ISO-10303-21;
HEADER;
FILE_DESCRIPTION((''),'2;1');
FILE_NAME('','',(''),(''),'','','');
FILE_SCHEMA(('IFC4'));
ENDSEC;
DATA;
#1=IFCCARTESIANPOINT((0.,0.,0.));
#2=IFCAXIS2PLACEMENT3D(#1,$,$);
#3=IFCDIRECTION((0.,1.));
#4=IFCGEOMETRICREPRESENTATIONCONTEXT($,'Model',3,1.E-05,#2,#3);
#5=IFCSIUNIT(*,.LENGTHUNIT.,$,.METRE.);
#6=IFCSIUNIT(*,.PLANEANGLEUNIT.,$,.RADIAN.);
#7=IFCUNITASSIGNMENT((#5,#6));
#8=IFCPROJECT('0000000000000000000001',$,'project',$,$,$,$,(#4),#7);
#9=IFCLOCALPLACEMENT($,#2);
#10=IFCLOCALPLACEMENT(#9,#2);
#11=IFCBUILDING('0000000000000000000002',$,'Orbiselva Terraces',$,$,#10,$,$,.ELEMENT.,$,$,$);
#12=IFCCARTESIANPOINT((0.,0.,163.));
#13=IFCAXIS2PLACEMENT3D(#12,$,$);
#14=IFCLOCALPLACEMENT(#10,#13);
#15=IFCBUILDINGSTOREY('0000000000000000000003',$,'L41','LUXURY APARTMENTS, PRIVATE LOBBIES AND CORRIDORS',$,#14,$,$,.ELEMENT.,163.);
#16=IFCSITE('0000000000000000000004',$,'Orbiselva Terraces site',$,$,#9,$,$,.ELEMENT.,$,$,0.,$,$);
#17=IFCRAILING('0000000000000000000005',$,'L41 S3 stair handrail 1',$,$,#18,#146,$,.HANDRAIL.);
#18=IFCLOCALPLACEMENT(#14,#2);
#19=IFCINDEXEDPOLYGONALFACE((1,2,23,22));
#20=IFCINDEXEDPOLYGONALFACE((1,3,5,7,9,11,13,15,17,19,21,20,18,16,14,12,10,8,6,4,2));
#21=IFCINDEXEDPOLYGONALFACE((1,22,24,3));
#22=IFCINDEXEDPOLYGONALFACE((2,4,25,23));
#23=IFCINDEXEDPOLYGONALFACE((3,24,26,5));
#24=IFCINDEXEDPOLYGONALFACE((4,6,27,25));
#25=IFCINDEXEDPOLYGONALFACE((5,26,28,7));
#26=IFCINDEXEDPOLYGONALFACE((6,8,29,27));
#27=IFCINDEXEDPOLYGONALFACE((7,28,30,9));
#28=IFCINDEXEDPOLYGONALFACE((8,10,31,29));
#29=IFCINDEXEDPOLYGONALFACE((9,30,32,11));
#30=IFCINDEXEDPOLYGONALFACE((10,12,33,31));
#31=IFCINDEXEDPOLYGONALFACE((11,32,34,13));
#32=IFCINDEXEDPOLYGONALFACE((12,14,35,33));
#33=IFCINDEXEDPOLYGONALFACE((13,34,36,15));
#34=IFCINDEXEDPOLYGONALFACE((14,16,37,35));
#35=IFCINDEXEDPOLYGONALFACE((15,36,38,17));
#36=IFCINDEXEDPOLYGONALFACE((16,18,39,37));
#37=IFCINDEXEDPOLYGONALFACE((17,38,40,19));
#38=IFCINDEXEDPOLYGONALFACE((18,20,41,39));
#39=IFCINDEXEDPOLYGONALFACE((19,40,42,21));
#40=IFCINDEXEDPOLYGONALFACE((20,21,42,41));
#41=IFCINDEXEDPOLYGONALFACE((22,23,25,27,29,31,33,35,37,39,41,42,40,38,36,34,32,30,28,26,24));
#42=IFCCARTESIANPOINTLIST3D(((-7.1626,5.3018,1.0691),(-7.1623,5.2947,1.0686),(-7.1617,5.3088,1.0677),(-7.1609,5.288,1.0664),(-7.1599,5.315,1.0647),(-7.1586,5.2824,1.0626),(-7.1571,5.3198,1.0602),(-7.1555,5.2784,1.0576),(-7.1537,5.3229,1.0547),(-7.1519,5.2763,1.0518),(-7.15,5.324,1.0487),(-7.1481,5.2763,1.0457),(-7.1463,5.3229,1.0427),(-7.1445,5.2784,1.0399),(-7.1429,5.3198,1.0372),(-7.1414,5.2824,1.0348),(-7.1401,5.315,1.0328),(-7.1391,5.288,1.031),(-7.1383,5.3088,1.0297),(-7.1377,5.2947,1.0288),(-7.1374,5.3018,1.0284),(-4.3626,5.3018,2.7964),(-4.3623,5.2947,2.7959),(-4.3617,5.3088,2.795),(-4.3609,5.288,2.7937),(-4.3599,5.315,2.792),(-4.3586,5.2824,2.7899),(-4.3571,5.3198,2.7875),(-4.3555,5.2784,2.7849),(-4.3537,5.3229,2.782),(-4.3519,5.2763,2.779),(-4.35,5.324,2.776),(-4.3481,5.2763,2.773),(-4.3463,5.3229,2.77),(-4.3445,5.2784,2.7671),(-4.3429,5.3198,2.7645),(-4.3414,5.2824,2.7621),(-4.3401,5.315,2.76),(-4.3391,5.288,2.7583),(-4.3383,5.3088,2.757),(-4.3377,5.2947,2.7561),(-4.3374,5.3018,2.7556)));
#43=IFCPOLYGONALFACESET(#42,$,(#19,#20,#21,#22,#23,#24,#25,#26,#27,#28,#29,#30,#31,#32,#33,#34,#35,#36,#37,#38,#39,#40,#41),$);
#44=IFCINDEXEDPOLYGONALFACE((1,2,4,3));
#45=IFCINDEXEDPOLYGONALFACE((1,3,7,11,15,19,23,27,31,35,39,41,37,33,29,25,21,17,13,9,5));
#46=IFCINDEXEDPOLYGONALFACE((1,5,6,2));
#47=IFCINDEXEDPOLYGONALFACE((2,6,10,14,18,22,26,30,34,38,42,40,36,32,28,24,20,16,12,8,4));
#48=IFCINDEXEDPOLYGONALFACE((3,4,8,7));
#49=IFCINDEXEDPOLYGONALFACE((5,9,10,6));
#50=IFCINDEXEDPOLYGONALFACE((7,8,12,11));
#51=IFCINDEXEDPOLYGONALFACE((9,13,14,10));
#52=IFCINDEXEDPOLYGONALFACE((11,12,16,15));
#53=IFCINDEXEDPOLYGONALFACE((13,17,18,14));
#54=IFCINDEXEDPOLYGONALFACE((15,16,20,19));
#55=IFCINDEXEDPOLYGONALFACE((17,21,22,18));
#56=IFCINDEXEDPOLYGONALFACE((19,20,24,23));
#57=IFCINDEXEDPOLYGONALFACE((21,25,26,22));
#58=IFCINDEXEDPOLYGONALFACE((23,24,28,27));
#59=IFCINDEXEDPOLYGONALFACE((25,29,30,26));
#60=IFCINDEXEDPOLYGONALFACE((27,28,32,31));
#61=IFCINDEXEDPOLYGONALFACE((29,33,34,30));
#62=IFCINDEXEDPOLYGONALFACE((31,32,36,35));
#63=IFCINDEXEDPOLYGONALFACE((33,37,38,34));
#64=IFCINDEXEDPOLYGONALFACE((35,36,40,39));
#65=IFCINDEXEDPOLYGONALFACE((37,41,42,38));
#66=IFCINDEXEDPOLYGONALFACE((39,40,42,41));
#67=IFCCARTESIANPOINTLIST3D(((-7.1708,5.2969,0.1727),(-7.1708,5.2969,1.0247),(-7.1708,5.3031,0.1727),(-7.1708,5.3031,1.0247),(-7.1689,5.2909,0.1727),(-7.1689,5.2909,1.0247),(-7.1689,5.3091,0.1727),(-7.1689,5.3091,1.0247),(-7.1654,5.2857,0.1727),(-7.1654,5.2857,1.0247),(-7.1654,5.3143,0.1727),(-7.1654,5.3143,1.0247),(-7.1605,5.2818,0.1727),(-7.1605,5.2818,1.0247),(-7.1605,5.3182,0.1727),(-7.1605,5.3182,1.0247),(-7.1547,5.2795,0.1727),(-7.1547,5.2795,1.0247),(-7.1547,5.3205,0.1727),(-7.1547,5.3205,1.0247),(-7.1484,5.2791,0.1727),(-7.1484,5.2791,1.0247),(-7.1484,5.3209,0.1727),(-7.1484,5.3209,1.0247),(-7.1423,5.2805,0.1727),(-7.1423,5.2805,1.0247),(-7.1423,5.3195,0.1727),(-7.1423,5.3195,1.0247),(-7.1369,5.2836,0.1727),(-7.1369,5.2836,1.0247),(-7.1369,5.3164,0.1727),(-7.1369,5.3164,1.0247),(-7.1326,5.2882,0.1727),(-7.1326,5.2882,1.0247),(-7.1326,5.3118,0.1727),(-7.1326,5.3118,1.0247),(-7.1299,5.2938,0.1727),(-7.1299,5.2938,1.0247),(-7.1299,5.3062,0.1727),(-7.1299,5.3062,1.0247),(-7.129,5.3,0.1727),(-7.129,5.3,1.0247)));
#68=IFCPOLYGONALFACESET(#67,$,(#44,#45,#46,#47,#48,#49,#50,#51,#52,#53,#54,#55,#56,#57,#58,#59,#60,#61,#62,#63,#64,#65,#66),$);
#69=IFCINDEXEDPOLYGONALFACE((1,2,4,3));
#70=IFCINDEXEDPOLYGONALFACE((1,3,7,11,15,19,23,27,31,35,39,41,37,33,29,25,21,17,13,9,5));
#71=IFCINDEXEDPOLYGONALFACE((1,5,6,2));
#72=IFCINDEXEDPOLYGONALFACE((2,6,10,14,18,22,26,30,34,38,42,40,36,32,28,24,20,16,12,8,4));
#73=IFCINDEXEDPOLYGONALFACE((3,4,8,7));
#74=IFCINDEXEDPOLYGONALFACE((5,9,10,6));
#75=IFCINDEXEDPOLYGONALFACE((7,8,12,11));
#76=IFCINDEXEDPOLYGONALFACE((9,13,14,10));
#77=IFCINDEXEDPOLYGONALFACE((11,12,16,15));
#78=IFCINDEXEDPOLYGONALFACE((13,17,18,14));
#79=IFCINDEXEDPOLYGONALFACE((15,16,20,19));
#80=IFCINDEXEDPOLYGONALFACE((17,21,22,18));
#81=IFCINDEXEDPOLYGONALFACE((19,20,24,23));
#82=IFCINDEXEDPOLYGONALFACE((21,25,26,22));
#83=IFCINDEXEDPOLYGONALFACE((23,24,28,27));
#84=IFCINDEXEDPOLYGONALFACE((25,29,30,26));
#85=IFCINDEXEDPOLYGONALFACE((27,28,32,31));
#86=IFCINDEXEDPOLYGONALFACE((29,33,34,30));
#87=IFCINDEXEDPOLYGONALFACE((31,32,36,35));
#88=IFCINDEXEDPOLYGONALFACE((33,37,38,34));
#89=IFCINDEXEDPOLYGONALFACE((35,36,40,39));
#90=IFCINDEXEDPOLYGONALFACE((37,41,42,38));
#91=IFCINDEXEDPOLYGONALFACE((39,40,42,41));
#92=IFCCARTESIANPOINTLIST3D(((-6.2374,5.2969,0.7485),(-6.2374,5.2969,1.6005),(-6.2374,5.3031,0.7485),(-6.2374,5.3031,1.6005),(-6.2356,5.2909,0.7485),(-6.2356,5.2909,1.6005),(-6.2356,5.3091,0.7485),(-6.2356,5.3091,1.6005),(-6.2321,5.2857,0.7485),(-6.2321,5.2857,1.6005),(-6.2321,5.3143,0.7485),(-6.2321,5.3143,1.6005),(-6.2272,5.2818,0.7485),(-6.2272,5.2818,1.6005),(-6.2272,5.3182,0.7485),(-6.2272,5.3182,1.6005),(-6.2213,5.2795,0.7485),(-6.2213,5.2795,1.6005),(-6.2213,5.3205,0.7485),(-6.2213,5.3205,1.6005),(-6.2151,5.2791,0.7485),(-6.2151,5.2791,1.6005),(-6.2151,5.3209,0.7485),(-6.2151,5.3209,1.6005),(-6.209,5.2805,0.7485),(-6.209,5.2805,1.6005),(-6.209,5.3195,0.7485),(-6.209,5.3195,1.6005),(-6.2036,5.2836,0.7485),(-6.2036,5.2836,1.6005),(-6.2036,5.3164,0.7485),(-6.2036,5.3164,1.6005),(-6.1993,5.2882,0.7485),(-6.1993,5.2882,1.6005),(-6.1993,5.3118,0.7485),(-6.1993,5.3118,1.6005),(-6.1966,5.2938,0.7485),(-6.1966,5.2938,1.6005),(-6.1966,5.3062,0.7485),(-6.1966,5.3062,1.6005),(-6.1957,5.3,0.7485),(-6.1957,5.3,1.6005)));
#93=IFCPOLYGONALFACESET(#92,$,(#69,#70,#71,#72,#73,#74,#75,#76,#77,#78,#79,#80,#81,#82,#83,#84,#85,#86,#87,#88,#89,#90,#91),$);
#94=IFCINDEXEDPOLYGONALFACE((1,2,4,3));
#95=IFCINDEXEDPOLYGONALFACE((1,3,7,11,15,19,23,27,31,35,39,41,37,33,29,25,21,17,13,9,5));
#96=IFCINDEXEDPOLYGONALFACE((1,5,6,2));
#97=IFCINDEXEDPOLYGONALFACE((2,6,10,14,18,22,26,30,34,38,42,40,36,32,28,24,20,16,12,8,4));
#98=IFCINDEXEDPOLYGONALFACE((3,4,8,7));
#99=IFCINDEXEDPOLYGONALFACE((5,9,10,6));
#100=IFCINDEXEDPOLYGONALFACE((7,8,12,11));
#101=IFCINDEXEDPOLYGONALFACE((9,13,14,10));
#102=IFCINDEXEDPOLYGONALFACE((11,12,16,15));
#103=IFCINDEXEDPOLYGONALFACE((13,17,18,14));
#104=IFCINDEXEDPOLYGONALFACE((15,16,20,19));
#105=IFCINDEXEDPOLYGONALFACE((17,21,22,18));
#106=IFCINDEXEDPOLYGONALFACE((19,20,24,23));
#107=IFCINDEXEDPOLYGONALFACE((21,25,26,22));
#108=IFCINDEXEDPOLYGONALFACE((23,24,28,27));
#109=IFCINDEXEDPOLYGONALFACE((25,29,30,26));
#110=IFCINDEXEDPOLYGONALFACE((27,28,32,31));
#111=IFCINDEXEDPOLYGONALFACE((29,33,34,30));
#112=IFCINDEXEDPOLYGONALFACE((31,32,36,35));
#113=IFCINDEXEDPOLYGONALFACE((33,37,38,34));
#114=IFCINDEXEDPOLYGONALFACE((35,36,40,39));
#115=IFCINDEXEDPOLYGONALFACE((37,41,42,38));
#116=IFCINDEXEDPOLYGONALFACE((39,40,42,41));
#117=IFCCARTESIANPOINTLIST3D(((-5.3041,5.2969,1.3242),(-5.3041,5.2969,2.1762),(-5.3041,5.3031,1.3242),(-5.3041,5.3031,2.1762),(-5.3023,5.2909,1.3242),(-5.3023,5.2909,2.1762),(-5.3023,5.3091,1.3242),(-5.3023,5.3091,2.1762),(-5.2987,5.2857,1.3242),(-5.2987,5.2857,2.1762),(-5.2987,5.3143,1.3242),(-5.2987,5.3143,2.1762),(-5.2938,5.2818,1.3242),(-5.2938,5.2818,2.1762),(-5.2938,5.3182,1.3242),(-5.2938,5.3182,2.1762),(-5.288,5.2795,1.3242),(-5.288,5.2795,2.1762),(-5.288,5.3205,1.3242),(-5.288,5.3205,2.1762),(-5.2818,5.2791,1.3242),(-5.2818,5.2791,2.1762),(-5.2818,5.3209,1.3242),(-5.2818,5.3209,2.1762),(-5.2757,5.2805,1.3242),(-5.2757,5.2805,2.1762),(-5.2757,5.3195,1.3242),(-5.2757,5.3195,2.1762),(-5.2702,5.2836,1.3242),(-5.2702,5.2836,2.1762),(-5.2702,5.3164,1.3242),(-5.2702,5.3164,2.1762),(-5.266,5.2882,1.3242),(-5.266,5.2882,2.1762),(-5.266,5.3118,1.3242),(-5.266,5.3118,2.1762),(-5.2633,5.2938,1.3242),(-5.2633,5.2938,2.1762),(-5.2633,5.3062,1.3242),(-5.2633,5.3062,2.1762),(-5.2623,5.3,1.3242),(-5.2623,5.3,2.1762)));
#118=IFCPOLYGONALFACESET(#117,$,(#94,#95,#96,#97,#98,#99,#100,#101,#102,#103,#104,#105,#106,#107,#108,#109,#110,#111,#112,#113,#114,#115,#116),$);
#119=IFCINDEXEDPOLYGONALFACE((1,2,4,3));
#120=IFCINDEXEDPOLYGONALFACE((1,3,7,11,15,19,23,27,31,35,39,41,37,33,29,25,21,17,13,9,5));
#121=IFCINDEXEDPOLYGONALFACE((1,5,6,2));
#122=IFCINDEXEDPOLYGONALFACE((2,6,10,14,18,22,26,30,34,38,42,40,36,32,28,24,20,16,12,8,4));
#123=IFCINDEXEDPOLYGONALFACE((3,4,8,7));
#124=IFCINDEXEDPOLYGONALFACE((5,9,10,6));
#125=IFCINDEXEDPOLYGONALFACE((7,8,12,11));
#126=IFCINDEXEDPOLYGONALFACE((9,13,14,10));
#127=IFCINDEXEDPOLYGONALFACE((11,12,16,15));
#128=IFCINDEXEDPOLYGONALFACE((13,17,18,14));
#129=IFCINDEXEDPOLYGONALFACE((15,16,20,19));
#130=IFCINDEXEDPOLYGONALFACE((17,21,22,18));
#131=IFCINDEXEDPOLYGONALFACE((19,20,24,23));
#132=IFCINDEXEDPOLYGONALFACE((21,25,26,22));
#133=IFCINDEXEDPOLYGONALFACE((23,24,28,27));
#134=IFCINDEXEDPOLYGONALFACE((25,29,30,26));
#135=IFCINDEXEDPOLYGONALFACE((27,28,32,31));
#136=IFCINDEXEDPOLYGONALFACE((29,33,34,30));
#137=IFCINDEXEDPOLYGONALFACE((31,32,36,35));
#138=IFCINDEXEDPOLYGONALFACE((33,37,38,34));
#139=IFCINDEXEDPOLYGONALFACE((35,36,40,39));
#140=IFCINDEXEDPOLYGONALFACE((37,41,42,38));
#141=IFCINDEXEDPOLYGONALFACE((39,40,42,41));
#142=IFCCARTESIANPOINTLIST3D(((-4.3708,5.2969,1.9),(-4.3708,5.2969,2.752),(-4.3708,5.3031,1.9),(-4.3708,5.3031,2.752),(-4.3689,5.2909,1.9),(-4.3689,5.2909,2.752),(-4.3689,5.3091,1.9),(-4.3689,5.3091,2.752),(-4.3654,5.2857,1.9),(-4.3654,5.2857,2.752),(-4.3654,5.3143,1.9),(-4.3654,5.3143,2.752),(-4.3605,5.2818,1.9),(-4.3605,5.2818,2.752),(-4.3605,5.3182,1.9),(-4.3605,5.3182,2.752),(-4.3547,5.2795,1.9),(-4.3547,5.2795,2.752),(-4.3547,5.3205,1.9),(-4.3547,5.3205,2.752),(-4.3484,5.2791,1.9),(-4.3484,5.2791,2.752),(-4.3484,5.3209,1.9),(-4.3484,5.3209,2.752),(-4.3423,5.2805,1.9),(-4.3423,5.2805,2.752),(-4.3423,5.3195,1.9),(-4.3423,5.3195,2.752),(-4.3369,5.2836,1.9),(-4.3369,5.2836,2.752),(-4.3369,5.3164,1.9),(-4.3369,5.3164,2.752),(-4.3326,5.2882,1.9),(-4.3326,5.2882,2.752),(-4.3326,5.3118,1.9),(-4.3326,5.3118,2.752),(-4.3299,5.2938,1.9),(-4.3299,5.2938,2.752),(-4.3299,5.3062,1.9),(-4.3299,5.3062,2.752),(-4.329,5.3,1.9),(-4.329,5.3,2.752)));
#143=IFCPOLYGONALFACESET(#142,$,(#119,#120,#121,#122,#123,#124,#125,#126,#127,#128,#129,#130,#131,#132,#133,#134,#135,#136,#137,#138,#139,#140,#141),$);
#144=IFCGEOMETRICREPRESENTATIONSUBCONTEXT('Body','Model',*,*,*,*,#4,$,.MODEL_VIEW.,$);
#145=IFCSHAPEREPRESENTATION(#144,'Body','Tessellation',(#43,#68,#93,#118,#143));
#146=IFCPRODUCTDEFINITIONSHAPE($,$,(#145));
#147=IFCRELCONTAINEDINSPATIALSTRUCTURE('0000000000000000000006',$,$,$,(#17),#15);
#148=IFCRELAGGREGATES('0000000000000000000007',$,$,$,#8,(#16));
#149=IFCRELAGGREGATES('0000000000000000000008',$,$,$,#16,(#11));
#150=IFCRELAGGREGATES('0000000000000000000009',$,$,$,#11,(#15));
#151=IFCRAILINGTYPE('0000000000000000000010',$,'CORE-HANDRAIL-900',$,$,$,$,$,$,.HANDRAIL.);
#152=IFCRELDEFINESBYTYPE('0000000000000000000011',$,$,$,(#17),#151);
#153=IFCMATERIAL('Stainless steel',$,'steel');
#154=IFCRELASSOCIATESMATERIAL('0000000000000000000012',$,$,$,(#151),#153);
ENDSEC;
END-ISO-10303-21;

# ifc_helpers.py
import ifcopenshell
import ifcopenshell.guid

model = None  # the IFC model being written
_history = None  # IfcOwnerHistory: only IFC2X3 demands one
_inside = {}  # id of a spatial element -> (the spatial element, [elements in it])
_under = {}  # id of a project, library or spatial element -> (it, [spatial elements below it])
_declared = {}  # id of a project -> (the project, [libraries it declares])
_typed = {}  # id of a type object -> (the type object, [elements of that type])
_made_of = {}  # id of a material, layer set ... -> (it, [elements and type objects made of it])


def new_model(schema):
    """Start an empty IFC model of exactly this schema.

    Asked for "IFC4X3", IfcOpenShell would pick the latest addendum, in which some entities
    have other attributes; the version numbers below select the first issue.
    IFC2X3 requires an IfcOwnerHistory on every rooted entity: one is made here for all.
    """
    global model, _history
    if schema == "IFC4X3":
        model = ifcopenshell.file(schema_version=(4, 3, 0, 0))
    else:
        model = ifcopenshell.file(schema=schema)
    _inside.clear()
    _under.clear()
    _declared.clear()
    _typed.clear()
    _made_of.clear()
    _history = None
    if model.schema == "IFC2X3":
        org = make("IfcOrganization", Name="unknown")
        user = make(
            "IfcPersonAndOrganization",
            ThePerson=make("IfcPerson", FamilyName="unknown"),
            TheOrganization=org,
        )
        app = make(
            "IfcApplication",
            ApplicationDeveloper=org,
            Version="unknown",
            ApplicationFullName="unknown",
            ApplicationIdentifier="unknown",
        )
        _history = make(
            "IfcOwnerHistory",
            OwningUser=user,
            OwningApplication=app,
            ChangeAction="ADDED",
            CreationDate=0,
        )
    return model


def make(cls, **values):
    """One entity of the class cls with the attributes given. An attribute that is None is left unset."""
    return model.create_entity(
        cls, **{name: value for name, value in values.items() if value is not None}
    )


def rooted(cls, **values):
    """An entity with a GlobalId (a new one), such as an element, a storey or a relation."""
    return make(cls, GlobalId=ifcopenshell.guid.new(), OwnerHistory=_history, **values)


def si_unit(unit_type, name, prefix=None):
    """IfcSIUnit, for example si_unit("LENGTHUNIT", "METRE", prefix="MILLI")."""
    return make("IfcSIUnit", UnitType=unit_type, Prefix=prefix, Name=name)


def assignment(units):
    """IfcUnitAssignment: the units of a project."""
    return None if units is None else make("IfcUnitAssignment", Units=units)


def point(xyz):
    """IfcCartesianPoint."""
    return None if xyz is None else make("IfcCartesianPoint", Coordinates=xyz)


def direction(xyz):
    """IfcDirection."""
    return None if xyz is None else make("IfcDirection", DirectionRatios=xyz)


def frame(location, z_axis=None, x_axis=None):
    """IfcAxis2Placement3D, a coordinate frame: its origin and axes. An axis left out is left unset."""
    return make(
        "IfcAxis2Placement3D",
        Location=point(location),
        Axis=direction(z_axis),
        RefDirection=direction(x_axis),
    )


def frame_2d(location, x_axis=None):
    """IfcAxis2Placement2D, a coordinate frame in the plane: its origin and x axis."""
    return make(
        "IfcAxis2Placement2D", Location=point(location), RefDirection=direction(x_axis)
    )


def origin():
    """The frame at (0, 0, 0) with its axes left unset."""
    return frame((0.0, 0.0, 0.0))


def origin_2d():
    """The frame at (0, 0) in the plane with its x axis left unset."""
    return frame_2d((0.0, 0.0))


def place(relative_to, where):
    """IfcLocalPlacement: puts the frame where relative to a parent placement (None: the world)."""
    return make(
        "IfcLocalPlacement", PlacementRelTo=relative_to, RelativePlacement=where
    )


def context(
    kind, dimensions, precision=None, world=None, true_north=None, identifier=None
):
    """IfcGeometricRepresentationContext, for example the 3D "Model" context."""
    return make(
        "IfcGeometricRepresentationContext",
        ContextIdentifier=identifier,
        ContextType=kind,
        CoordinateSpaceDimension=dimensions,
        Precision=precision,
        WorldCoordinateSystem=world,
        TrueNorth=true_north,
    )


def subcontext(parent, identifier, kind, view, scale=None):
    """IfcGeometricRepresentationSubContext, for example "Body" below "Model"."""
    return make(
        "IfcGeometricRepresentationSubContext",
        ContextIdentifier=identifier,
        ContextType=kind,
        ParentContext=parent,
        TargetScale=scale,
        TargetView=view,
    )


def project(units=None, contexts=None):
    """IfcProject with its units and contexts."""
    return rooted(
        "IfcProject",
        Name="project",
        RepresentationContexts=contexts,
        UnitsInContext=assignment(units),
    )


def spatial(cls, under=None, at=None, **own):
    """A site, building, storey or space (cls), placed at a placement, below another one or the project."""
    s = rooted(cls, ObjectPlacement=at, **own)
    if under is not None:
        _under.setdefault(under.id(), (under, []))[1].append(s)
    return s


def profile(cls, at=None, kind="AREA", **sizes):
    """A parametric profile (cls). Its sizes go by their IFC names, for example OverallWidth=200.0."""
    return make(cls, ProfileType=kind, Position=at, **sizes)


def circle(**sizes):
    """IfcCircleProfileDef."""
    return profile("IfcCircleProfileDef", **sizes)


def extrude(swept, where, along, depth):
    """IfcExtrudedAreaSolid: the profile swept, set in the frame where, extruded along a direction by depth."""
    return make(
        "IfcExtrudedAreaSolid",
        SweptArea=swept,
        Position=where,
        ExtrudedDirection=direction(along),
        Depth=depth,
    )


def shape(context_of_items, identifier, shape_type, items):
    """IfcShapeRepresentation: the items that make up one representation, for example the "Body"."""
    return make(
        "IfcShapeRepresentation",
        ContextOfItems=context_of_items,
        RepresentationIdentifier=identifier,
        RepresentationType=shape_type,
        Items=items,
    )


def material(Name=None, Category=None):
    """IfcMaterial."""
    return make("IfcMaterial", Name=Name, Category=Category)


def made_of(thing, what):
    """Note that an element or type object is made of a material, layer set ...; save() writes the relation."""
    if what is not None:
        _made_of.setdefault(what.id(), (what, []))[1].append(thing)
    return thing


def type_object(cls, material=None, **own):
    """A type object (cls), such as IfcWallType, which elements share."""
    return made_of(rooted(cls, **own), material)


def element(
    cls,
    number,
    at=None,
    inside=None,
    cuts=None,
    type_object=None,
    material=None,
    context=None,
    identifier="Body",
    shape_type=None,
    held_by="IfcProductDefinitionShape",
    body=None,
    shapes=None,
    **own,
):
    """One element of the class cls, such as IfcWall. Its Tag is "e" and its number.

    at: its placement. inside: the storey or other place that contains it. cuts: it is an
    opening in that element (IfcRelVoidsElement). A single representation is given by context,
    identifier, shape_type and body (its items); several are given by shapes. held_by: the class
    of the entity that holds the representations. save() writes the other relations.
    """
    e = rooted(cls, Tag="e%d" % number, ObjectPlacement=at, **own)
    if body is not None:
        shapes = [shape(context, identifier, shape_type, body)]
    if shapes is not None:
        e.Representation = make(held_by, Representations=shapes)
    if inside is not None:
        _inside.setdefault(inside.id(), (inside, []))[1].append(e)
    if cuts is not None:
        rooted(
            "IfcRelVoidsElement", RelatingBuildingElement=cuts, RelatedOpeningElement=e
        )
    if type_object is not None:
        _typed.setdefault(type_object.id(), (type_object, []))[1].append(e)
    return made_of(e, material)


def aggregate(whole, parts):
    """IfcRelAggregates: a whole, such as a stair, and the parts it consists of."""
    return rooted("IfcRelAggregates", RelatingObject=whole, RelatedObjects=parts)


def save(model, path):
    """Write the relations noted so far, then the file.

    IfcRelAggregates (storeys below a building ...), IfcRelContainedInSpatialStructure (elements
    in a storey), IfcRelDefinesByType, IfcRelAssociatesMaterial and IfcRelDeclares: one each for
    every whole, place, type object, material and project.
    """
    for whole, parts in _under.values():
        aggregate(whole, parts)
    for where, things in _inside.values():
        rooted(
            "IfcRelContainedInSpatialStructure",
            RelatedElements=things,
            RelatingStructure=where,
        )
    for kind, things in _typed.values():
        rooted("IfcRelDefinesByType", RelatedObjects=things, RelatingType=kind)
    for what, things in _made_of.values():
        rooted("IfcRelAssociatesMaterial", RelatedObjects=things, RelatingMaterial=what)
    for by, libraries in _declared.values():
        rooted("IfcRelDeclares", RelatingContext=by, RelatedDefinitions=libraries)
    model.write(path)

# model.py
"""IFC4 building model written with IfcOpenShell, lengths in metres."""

from ifc_helpers import new_model, si_unit, direction, frame, origin, origin_2d, place, context, subcontext, project, spatial, circle, extrude, material, type_object, element, save


model = new_model("IFC4")

# Units and contexts
model_context = context("Model", 3, precision=1e-05, world=origin(), true_north=direction((0.0, 1.0)))
body_context = subcontext(model_context, "Body", "Model", "MODEL_VIEW")
ifc_project = project(units=[si_unit("LENGTHUNIT", "METRE"), si_unit("PLANEANGLEUNIT", "RADIAN")], contexts=[model_context])

# Site, building, storey
site_placement = place(None, origin())
site = spatial("IfcSite", under=ifc_project, at=site_placement, Name="Orbiselva Terraces site", CompositionType="ELEMENT", RefElevation=0.0)
building_placement = place(site_placement, origin())
building = spatial("IfcBuilding", under=site, at=building_placement, Name="Orbiselva Terraces", CompositionType="ELEMENT")
storey_placement = place(building_placement, frame((0.0, 0.0, 163.0)))
storey = spatial("IfcBuildingStorey", under=building, at=storey_placement, Name="L41", Description="LUXURY APARTMENTS, PRIVATE LOBBIES AND CORRIDORS", CompositionType="ELEMENT", Elevation=163.0)

# Railing
ifc_material_1 = material(Name="Stainless steel", Category="steel")
railing_type_1 = type_object("IfcRailingType", Name="CORE-HANDRAIL-900", PredefinedType="HANDRAIL", material=ifc_material_1)
railing_1_placement = place(storey_placement, frame((-7.15, 5.3, 0.1727)))
element("IfcRailing", 1, at=railing_1_placement, inside=storey, type_object=railing_type_1, Name="L41 S3 stair handrail 1", PredefinedType="HANDRAIL", context=body_context, shape_type="SweptSolid", body=[
    extrude(circle(Radius=0.024, at=origin_2d()), frame((0.0, 0.0, 0.876), z_axis=(0.851089, 0.0, 0.525022), x_axis=(0.0, 1.0, 0.0)), (0.0, 0.0, 1.0), 3.2899),
    extrude(circle(Radius=0.021, at=origin_2d()), origin(), (0.0, 0.0, 1.0), 0.852),
    extrude(circle(Radius=0.021, at=origin_2d()), frame((0.9333, 0.0, 0.5758)), (0.0, 0.0, 1.0), 0.852),
    extrude(circle(Radius=0.021, at=origin_2d()), frame((1.8667, 0.0, 1.1515)), (0.0, 0.0, 1.0), 0.852),
    extrude(circle(Radius=0.021, at=origin_2d()), frame((2.8, 0.0, 1.7273)), (0.0, 0.0, 1.0), 0.852),
])

save(model, "model.ifc")
